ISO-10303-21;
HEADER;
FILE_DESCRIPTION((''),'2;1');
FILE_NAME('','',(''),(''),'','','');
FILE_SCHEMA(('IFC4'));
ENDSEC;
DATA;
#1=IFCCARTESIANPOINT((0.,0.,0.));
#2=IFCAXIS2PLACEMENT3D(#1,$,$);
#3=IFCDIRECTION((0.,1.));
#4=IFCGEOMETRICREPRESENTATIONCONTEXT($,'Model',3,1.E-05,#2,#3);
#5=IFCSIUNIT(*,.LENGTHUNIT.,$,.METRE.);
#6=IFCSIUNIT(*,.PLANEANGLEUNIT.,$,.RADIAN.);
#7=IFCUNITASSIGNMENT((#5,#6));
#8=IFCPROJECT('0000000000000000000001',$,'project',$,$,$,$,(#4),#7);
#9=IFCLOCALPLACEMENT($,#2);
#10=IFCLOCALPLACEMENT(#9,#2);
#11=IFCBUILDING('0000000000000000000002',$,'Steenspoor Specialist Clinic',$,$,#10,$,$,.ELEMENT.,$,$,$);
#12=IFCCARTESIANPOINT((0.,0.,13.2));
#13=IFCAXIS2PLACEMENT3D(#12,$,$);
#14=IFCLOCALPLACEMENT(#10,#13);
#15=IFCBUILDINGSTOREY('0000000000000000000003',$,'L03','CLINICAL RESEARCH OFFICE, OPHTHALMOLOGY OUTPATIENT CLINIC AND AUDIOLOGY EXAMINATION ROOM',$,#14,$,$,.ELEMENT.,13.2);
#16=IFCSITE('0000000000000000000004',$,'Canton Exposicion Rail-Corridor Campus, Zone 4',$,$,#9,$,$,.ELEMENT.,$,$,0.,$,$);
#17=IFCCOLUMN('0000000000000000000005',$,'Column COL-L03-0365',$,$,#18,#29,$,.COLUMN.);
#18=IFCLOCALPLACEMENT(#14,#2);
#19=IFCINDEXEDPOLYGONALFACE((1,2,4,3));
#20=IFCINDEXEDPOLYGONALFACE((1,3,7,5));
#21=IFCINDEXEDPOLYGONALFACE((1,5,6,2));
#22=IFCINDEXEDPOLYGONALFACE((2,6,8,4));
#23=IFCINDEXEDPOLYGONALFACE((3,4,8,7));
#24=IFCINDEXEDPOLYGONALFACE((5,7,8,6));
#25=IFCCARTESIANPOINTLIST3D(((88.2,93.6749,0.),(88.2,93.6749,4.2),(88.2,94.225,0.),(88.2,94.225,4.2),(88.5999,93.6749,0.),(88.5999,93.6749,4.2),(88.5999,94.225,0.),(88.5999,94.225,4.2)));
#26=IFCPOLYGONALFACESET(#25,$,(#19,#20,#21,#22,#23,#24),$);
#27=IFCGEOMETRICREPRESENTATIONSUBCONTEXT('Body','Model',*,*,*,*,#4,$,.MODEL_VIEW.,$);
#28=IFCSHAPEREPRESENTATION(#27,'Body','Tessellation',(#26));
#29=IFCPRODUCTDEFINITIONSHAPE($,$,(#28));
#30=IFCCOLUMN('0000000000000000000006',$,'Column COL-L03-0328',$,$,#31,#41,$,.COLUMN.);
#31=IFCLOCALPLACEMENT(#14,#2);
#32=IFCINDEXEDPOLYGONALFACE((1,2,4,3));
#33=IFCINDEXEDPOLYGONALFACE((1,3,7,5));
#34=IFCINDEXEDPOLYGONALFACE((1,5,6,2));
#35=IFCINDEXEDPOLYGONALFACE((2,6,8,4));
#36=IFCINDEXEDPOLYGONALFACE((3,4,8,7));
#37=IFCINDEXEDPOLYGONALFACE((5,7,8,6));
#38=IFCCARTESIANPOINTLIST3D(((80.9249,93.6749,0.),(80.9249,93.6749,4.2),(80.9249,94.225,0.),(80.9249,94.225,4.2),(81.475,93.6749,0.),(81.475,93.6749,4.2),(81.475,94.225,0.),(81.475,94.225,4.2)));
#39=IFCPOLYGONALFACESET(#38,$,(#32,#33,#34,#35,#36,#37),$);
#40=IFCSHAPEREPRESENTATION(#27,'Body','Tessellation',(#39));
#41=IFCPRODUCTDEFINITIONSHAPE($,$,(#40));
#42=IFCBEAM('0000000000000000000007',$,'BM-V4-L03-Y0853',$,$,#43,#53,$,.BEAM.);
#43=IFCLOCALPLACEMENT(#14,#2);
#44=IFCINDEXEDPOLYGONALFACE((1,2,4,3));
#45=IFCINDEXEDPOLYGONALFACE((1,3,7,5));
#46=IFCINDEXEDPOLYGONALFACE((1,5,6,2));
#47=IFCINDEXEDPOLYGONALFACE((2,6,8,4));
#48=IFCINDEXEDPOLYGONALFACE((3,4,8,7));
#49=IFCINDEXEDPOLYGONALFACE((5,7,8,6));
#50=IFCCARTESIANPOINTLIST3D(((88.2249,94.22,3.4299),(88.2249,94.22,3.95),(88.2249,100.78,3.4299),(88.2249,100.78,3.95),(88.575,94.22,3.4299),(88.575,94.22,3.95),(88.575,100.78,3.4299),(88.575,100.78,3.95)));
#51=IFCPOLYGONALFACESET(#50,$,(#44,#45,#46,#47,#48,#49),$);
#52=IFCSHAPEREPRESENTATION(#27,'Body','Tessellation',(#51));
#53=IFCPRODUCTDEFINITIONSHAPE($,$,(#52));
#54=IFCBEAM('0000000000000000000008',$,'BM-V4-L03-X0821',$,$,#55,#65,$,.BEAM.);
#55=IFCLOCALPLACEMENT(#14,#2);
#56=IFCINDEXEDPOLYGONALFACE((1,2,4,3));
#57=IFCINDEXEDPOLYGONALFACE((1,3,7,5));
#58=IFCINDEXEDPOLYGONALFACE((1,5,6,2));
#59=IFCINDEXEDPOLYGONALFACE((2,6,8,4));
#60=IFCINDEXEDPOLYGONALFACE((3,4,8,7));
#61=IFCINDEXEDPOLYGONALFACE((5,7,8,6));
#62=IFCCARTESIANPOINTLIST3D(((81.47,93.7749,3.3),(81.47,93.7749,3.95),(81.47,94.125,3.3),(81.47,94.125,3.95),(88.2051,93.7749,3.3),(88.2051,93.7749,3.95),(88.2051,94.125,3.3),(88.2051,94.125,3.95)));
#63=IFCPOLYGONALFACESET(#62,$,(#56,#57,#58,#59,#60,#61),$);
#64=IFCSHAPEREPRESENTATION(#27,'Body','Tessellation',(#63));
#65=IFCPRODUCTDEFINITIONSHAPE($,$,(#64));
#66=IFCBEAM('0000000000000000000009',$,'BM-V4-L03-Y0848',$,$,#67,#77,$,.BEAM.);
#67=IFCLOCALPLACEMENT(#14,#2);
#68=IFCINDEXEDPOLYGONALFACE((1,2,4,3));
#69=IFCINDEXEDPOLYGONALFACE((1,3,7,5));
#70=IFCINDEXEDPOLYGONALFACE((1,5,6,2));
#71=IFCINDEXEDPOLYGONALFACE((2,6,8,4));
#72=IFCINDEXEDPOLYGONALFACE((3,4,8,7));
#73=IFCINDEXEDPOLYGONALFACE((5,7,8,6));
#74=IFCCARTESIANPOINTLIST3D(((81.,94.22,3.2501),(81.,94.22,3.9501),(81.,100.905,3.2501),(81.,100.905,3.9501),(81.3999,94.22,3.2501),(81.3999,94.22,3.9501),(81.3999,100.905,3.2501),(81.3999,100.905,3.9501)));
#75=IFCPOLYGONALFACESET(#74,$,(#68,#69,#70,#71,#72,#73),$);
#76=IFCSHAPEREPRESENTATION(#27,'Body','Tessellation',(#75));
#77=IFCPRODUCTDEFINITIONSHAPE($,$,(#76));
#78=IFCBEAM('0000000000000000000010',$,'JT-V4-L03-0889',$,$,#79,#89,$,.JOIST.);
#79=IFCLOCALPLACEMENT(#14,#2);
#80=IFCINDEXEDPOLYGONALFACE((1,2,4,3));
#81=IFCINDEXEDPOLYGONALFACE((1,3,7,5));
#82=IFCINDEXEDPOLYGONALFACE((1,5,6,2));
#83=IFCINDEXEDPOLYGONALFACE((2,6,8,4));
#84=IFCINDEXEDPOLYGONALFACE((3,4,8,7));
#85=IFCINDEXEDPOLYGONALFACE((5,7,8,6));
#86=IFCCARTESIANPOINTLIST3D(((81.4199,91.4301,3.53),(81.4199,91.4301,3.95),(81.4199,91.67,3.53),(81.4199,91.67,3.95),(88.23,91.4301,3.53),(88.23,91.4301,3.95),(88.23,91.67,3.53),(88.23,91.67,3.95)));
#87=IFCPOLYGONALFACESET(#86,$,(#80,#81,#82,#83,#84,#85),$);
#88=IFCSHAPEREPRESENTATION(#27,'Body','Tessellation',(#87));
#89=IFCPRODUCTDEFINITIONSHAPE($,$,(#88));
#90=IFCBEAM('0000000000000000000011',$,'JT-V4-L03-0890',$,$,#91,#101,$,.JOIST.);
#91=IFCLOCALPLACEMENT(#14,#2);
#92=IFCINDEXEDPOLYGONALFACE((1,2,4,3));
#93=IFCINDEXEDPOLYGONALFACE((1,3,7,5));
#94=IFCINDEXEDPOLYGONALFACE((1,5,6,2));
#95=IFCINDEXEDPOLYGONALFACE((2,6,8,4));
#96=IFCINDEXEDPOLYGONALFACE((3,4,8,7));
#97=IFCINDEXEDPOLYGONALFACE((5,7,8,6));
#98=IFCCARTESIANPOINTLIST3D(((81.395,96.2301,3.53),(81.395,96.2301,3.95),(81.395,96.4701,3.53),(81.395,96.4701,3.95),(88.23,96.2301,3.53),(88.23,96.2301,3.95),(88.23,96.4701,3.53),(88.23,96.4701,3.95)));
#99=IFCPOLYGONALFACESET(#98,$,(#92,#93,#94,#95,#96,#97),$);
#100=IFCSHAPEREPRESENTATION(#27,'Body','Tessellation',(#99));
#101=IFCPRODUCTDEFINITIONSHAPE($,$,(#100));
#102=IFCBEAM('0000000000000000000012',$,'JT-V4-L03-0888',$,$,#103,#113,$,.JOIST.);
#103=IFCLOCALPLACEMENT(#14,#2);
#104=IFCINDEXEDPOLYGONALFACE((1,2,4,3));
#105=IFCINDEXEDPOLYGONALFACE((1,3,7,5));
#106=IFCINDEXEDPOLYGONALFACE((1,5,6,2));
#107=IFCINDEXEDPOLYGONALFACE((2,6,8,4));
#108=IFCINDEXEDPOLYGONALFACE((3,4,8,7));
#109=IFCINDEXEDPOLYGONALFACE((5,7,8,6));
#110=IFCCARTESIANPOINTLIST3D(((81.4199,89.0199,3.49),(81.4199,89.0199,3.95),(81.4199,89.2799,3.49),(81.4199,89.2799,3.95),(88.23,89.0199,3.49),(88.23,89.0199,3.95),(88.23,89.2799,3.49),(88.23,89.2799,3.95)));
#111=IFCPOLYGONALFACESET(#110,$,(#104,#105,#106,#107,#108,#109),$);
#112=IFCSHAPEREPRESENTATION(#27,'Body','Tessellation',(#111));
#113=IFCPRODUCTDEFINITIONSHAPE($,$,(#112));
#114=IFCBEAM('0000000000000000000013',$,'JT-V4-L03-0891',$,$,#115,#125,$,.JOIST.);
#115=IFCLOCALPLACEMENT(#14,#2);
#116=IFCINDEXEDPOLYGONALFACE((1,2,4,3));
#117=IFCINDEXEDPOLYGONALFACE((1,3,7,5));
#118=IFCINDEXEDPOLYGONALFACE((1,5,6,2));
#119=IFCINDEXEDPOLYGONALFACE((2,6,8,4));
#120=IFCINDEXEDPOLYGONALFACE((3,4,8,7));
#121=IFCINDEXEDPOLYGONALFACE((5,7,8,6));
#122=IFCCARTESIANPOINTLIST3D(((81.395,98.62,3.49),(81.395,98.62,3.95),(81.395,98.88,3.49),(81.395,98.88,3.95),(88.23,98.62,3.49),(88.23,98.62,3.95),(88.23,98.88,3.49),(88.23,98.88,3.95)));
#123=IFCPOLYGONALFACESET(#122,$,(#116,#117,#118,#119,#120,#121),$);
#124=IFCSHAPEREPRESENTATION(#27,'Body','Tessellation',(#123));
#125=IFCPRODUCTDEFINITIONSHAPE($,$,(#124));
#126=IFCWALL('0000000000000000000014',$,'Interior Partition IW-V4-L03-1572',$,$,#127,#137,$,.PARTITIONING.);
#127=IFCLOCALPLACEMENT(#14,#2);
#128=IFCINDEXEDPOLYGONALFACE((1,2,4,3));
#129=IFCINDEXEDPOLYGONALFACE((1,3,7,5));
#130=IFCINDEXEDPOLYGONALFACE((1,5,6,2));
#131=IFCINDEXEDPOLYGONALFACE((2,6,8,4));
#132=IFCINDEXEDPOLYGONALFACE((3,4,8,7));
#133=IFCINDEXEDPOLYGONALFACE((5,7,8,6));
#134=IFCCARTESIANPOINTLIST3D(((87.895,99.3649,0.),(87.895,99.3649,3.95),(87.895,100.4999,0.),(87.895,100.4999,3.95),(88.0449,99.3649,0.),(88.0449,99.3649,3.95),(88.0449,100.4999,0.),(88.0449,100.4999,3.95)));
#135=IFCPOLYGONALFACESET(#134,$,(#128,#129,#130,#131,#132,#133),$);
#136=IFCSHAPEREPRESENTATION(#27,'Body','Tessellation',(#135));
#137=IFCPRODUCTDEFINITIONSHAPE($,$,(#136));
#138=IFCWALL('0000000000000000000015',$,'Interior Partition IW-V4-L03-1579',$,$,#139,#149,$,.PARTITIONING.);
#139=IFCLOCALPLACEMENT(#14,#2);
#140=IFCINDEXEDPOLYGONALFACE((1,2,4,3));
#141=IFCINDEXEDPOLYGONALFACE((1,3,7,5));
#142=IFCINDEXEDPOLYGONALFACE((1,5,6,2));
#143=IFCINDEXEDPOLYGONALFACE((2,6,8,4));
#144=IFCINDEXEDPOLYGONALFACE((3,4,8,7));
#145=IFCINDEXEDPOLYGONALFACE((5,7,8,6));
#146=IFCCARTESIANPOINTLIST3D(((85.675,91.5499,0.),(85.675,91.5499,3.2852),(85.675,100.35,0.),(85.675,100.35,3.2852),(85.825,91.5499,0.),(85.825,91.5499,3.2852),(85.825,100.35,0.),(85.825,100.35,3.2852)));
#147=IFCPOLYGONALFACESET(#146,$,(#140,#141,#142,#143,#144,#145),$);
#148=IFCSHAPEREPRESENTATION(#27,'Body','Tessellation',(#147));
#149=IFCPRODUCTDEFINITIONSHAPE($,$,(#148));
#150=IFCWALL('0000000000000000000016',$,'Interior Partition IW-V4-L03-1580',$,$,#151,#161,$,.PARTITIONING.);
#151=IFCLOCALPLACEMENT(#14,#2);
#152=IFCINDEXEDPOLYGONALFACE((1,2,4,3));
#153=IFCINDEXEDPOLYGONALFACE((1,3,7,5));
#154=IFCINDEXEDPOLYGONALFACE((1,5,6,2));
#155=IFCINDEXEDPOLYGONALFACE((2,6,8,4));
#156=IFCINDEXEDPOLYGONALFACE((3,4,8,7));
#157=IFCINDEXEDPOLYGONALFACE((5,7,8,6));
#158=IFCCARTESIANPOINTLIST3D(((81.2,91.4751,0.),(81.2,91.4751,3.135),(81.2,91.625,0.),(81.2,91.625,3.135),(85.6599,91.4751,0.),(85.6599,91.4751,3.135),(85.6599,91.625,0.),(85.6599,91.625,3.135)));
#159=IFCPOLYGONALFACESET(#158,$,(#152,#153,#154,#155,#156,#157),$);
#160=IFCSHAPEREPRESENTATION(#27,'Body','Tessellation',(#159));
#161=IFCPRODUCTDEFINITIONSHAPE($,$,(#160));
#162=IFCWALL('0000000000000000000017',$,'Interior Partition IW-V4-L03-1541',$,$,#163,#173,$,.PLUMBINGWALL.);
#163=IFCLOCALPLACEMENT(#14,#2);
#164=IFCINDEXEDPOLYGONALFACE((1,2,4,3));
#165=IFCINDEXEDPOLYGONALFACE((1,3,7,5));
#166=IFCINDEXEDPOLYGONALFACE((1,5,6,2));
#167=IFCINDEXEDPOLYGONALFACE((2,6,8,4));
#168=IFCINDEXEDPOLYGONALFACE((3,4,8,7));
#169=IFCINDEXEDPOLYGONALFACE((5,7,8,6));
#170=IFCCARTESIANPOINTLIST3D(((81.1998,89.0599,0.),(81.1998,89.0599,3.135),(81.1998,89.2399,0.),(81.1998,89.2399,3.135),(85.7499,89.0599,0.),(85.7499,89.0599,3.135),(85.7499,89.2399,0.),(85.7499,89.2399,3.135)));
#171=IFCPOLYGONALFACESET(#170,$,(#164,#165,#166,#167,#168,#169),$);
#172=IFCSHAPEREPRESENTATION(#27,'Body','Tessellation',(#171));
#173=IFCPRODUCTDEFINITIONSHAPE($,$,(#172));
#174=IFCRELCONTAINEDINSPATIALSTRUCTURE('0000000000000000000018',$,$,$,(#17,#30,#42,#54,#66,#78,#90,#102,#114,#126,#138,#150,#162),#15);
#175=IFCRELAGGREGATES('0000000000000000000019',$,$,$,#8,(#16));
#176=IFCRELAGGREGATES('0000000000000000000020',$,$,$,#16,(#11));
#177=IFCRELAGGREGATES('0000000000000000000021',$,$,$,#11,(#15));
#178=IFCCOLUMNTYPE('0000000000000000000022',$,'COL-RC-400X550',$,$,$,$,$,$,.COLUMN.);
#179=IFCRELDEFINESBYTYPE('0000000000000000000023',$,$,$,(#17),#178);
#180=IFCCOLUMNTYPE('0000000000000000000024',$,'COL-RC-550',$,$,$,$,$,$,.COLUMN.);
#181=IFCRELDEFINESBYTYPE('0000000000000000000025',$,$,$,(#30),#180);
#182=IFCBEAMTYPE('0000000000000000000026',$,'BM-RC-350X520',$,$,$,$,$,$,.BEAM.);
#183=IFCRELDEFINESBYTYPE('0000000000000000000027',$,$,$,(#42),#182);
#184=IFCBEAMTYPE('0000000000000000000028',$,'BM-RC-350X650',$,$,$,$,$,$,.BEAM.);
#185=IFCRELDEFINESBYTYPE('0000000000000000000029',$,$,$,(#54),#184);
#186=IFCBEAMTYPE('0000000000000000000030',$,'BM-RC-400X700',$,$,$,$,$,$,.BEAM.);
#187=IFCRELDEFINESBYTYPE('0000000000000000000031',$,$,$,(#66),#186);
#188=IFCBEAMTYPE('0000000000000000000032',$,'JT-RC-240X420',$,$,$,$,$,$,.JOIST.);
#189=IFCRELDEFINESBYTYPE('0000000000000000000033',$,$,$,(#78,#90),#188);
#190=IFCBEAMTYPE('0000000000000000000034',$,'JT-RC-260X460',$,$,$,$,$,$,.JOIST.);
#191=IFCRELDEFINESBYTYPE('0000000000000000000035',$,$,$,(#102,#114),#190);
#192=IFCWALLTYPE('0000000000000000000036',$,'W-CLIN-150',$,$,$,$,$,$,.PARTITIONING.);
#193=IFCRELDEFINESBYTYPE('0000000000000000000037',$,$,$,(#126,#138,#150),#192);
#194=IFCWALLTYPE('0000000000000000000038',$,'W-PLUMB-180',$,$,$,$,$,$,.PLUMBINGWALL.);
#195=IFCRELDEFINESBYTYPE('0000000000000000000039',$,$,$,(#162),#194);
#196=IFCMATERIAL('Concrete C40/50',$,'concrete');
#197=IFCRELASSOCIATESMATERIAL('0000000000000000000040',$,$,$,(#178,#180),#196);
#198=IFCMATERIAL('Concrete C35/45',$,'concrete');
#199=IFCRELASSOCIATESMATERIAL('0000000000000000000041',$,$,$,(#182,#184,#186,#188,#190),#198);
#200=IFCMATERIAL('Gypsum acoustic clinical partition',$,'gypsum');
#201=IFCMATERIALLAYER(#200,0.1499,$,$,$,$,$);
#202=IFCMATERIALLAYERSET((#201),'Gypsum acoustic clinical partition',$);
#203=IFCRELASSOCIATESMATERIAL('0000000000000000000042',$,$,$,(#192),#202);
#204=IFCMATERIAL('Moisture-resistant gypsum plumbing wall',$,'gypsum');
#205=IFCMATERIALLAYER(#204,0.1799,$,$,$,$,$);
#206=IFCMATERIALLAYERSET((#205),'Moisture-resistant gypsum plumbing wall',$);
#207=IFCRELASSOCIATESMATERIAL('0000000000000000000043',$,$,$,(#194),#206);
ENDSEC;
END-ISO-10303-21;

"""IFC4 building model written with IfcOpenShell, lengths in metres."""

from ifc_helpers import new_model, si_unit, direction, frame, frame_2d, origin, origin_2d, place, context, subcontext, project, spatial, rectangle, extrude, material, layer, layer_set, material_profile, profile_set, type_object, element, save


model = new_model("IFC4")

# Units and contexts
model_context = context("Model", 3, precision=1e-05, world=origin(), true_north=direction((0.0, 1.0)))
body_context = subcontext(model_context, "Body", "Model", "MODEL_VIEW")
ifc_project = project(units=[si_unit("LENGTHUNIT", "METRE"), si_unit("PLANEANGLEUNIT", "RADIAN")], contexts=[model_context])

# Site, building, storey
site_placement = place(None, origin())
site = spatial("IfcSite", under=ifc_project, at=site_placement, Name="Canton Exposicion Rail-Corridor Campus, Zone 4", CompositionType="ELEMENT", RefElevation=0.0)
building_placement = place(site_placement, origin())
building = spatial("IfcBuilding", under=site, at=building_placement, Name="Steenspoor Specialist Clinic", CompositionType="ELEMENT")
storey_placement = place(building_placement, frame((0.0, 0.0, 13.2)))
storey = spatial("IfcBuildingStorey", under=building, at=storey_placement, Name="L03", Description="CLINICAL RESEARCH OFFICE, OPHTHALMOLOGY OUTPATIENT CLINIC AND AUDIOLOGY EXAMINATION ROOM", CompositionType="ELEMENT", Elevation=13.2)

# Columns
ifc_material_1 = material(Name="Concrete C40/50", Category="concrete")
ifc_material_profile_1 = material_profile(ifc_material_1, rectangle(XDim=0.3999, YDim=0.55, at=origin_2d()), Name="RC-COL-400X550")
ifc_profile_set_1 = profile_set([ifc_material_profile_1], Name="Concrete C40/50")
column_type_1 = type_object("IfcColumnType", Name="COL-RC-400X550", PredefinedType="COLUMN", material=ifc_profile_set_1)
column_1_placement = place(storey_placement, frame((88.3999, 93.95, 0.0), z_axis=(0.0, 0.0, 1.0), x_axis=(1.0, 0.0, 0.0)))
element("IfcColumn", 1, at=column_1_placement, inside=storey, type_object=column_type_1, Name="Column COL-L03-0365", PredefinedType="COLUMN", context=body_context, shape_type="SweptSolid", body=[
    extrude(rectangle(XDim=0.3999, YDim=0.55, at=origin_2d()), origin(), (0.0, 0.0, 1.0), 4.2),
])
ifc_material_profile_2 = material_profile(ifc_material_1, rectangle(XDim=0.55, YDim=0.55, at=origin_2d()), Name="RC-COL-550X550")
ifc_profile_set_2 = profile_set([ifc_material_profile_2], Name="Concrete C40/50")
column_type_2 = type_object("IfcColumnType", Name="COL-RC-550", PredefinedType="COLUMN", material=ifc_profile_set_2)
column_2_placement = place(storey_placement, frame((81.2, 93.95, 0.0), z_axis=(0.0, 0.0, 1.0), x_axis=(1.0, 0.0, 0.0)))
element("IfcColumn", 2, at=column_2_placement, inside=storey, type_object=column_type_2, Name="Column COL-L03-0328", PredefinedType="COLUMN", context=body_context, shape_type="SweptSolid", body=[
    extrude(rectangle(XDim=0.55, YDim=0.55, at=origin_2d()), origin(), (0.0, 0.0, 1.0), 4.2),
])

# Beams
ifc_material_2 = material(Name="Concrete C35/45", Category="concrete")
ifc_material_profile_3 = material_profile(ifc_material_2, rectangle(XDim=0.3501, YDim=0.52, at=origin_2d()), Name="RC-BM-350X520")
ifc_profile_set_3 = profile_set([ifc_material_profile_3], Name="Concrete C35/45")
beam_type_1 = type_object("IfcBeamType", Name="BM-RC-350X520", PredefinedType="BEAM", material=ifc_profile_set_3)
beam_1_placement = place(storey_placement, frame((88.3999, 94.22, 3.6899), z_axis=(0.0, 1.0, 0.0), x_axis=(-1.0, 0.0, 0.0)))
element("IfcBeam", 3, at=beam_1_placement, inside=storey, type_object=beam_type_1, Name="BM-V4-L03-Y0853", PredefinedType="BEAM", context=body_context, shape_type="SweptSolid", body=[
    extrude(rectangle(XDim=0.3501, YDim=0.52, at=origin_2d()), origin(), (0.0, 0.0, 1.0), 6.5601),
])
ifc_material_profile_4 = material_profile(ifc_material_2, rectangle(XDim=0.3501, YDim=0.6499, at=origin_2d()), Name="RC-BM-350X650")
ifc_profile_set_4 = profile_set([ifc_material_profile_4], Name="Concrete C35/45")
beam_type_2 = type_object("IfcBeamType", Name="BM-RC-350X650", PredefinedType="BEAM", material=ifc_profile_set_4)
beam_2_placement = place(storey_placement, frame((81.47, 93.95, 3.625), z_axis=(1.0, 0.0, 0.0), x_axis=(0.0, 1.0, 0.0)))
element("IfcBeam", 4, at=beam_2_placement, inside=storey, type_object=beam_type_2, Name="BM-V4-L03-X0821", PredefinedType="BEAM", context=body_context, shape_type="SweptSolid", body=[
    extrude(rectangle(XDim=0.3501, YDim=0.6499, at=origin_2d()), origin(), (0.0, 0.0, 1.0), 6.7351),
])
ifc_material_profile_5 = material_profile(ifc_material_2, rectangle(XDim=0.3999, YDim=0.7, at=origin_2d()), Name="RC-BM-400X700")
ifc_profile_set_5 = profile_set([ifc_material_profile_5], Name="Concrete C35/45")
beam_type_3 = type_object("IfcBeamType", Name="BM-RC-400X700", PredefinedType="BEAM", material=ifc_profile_set_5)
beam_3_placement = place(storey_placement, frame((81.2, 94.22, 3.6001), z_axis=(0.0, 1.0, 0.0), x_axis=(-1.0, 0.0, 0.0)))
element("IfcBeam", 5, at=beam_3_placement, inside=storey, type_object=beam_type_3, Name="BM-V4-L03-Y0848", PredefinedType="BEAM", context=body_context, shape_type="SweptSolid", body=[
    extrude(rectangle(XDim=0.3999, YDim=0.7, at=origin_2d()), origin(), (0.0, 0.0, 1.0), 6.6851),
])
ifc_material_profile_6 = material_profile(ifc_material_2, rectangle(XDim=0.24, YDim=0.4199, at=origin_2d()), Name="RC-JT-240X420")
ifc_profile_set_6 = profile_set([ifc_material_profile_6], Name="Concrete C35/45")
beam_type_4 = type_object("IfcBeamType", Name="JT-RC-240X420", PredefinedType="JOIST", material=ifc_profile_set_6)
beam_4_placement = place(storey_placement, frame((81.4199, 91.55, 3.74), z_axis=(1.0, 0.0, 0.0), x_axis=(0.0, 1.0, 0.0)))
element("IfcBeam", 6, at=beam_4_placement, inside=storey, type_object=beam_type_4, Name="JT-V4-L03-0889", PredefinedType="JOIST", context=body_context, shape_type="SweptSolid", body=[
    extrude(rectangle(XDim=0.24, YDim=0.4199, at=origin_2d()), origin(), (0.0, 0.0, 1.0), 6.8101),
])
beam_5_placement = place(storey_placement, frame((81.395, 96.3501, 3.74), z_axis=(1.0, 0.0, 0.0), x_axis=(0.0, 1.0, 0.0)))
element("IfcBeam", 7, at=beam_5_placement, inside=storey, type_object=beam_type_4, Name="JT-V4-L03-0890", PredefinedType="JOIST", context=body_context, shape_type="SweptSolid", body=[
    extrude(rectangle(XDim=0.24, YDim=0.4199, at=origin_2d()), origin(), (0.0, 0.0, 1.0), 6.835),
])
ifc_material_profile_7 = material_profile(ifc_material_2, rectangle(XDim=0.26, YDim=0.46, at=origin_2d()), Name="RC-JT-260X460")
ifc_profile_set_7 = profile_set([ifc_material_profile_7], Name="Concrete C35/45")
beam_type_5 = type_object("IfcBeamType", Name="JT-RC-260X460", PredefinedType="JOIST", material=ifc_profile_set_7)
beam_6_placement = place(storey_placement, frame((81.4199, 89.1499, 3.72), z_axis=(1.0, 0.0, 0.0), x_axis=(0.0, 1.0, 0.0)))
element("IfcBeam", 8, at=beam_6_placement, inside=storey, type_object=beam_type_5, Name="JT-V4-L03-0888", PredefinedType="JOIST", context=body_context, shape_type="SweptSolid", body=[
    extrude(rectangle(XDim=0.26, YDim=0.46, at=origin_2d()), origin(), (0.0, 0.0, 1.0), 6.8101),
])
beam_7_placement = place(storey_placement, frame((81.395, 98.75, 3.72), z_axis=(1.0, 0.0, 0.0), x_axis=(0.0, 1.0, 0.0)))
element("IfcBeam", 9, at=beam_7_placement, inside=storey, type_object=beam_type_5, Name="JT-V4-L03-0891", PredefinedType="JOIST", context=body_context, shape_type="SweptSolid", body=[
    extrude(rectangle(XDim=0.26, YDim=0.46, at=origin_2d()), origin(), (0.0, 0.0, 1.0), 6.835),
])

# Walls
ifc_material_3 = material(Name="Gypsum acoustic clinical partition", Category="gypsum")
ifc_layer_1 = layer(ifc_material_3, 0.1499)
ifc_layer_set_1 = layer_set([ifc_layer_1], Name="Gypsum acoustic clinical partition")
wall_type_1 = type_object("IfcWallType", Name="W-CLIN-150", PredefinedType="PARTITIONING", material=ifc_layer_set_1)
wall_1_placement = place(storey_placement, frame((87.97, 99.365, 0.0), z_axis=(0.0, 0.0, 1.0), x_axis=(0.0, 1.0, 0.0)))
element("IfcWall", 10, at=wall_1_placement, inside=storey, type_object=wall_type_1, Name="Interior Partition IW-V4-L03-1572", PredefinedType="PARTITIONING", context=body_context, shape_type="SweptSolid", body=[
    extrude(rectangle(XDim=1.135, YDim=0.1499, at=frame_2d((0.5674, 0.0))), origin(), (0.0, 0.0, 1.0), 3.95),
])
wall_2_placement = place(storey_placement, frame((85.75, 91.55, 0.0), z_axis=(0.0, 0.0, 1.0), x_axis=(0.0, 1.0, 0.0)))
element("IfcWall", 11, at=wall_2_placement, inside=storey, type_object=wall_type_1, Name="Interior Partition IW-V4-L03-1579", PredefinedType="PARTITIONING", context=body_context, shape_type="SweptSolid", body=[
    extrude(rectangle(XDim=8.8, YDim=0.1499, at=frame_2d((4.3999, 0.0))), origin(), (0.0, 0.0, 1.0), 3.2852),
])
wall_3_placement = place(storey_placement, frame((81.2, 91.55, 0.0), z_axis=(0.0, 0.0, 1.0), x_axis=(1.0, 0.0, 0.0)))
element("IfcWall", 12, at=wall_3_placement, inside=storey, type_object=wall_type_1, Name="Interior Partition IW-V4-L03-1580", PredefinedType="PARTITIONING", context=body_context, shape_type="SweptSolid", body=[
    extrude(rectangle(XDim=4.46, YDim=0.1499, at=frame_2d((2.23, 0.0))), origin(), (0.0, 0.0, 1.0), 3.135),
])
ifc_material_4 = material(Name="Moisture-resistant gypsum plumbing wall", Category="gypsum")
ifc_layer_2 = layer(ifc_material_4, 0.1799)
ifc_layer_set_2 = layer_set([ifc_layer_2], Name="Moisture-resistant gypsum plumbing wall")
wall_type_2 = type_object("IfcWallType", Name="W-PLUMB-180", PredefinedType="PLUMBINGWALL", material=ifc_layer_set_2)
wall_4_placement = place(storey_placement, frame((81.2, 89.1499, 0.0), z_axis=(0.0, 0.0, 1.0), x_axis=(1.0, 0.0, 0.0)))
element("IfcWall", 13, at=wall_4_placement, inside=storey, type_object=wall_type_2, Name="Interior Partition IW-V4-L03-1541", PredefinedType="PLUMBINGWALL", context=body_context, shape_type="SweptSolid", body=[
    extrude(rectangle(XDim=4.55, YDim=0.1799, at=frame_2d((2.2749, 0.0))), origin(), (0.0, 0.0, 1.0), 3.135),
])

save(model, "model.ifc")
